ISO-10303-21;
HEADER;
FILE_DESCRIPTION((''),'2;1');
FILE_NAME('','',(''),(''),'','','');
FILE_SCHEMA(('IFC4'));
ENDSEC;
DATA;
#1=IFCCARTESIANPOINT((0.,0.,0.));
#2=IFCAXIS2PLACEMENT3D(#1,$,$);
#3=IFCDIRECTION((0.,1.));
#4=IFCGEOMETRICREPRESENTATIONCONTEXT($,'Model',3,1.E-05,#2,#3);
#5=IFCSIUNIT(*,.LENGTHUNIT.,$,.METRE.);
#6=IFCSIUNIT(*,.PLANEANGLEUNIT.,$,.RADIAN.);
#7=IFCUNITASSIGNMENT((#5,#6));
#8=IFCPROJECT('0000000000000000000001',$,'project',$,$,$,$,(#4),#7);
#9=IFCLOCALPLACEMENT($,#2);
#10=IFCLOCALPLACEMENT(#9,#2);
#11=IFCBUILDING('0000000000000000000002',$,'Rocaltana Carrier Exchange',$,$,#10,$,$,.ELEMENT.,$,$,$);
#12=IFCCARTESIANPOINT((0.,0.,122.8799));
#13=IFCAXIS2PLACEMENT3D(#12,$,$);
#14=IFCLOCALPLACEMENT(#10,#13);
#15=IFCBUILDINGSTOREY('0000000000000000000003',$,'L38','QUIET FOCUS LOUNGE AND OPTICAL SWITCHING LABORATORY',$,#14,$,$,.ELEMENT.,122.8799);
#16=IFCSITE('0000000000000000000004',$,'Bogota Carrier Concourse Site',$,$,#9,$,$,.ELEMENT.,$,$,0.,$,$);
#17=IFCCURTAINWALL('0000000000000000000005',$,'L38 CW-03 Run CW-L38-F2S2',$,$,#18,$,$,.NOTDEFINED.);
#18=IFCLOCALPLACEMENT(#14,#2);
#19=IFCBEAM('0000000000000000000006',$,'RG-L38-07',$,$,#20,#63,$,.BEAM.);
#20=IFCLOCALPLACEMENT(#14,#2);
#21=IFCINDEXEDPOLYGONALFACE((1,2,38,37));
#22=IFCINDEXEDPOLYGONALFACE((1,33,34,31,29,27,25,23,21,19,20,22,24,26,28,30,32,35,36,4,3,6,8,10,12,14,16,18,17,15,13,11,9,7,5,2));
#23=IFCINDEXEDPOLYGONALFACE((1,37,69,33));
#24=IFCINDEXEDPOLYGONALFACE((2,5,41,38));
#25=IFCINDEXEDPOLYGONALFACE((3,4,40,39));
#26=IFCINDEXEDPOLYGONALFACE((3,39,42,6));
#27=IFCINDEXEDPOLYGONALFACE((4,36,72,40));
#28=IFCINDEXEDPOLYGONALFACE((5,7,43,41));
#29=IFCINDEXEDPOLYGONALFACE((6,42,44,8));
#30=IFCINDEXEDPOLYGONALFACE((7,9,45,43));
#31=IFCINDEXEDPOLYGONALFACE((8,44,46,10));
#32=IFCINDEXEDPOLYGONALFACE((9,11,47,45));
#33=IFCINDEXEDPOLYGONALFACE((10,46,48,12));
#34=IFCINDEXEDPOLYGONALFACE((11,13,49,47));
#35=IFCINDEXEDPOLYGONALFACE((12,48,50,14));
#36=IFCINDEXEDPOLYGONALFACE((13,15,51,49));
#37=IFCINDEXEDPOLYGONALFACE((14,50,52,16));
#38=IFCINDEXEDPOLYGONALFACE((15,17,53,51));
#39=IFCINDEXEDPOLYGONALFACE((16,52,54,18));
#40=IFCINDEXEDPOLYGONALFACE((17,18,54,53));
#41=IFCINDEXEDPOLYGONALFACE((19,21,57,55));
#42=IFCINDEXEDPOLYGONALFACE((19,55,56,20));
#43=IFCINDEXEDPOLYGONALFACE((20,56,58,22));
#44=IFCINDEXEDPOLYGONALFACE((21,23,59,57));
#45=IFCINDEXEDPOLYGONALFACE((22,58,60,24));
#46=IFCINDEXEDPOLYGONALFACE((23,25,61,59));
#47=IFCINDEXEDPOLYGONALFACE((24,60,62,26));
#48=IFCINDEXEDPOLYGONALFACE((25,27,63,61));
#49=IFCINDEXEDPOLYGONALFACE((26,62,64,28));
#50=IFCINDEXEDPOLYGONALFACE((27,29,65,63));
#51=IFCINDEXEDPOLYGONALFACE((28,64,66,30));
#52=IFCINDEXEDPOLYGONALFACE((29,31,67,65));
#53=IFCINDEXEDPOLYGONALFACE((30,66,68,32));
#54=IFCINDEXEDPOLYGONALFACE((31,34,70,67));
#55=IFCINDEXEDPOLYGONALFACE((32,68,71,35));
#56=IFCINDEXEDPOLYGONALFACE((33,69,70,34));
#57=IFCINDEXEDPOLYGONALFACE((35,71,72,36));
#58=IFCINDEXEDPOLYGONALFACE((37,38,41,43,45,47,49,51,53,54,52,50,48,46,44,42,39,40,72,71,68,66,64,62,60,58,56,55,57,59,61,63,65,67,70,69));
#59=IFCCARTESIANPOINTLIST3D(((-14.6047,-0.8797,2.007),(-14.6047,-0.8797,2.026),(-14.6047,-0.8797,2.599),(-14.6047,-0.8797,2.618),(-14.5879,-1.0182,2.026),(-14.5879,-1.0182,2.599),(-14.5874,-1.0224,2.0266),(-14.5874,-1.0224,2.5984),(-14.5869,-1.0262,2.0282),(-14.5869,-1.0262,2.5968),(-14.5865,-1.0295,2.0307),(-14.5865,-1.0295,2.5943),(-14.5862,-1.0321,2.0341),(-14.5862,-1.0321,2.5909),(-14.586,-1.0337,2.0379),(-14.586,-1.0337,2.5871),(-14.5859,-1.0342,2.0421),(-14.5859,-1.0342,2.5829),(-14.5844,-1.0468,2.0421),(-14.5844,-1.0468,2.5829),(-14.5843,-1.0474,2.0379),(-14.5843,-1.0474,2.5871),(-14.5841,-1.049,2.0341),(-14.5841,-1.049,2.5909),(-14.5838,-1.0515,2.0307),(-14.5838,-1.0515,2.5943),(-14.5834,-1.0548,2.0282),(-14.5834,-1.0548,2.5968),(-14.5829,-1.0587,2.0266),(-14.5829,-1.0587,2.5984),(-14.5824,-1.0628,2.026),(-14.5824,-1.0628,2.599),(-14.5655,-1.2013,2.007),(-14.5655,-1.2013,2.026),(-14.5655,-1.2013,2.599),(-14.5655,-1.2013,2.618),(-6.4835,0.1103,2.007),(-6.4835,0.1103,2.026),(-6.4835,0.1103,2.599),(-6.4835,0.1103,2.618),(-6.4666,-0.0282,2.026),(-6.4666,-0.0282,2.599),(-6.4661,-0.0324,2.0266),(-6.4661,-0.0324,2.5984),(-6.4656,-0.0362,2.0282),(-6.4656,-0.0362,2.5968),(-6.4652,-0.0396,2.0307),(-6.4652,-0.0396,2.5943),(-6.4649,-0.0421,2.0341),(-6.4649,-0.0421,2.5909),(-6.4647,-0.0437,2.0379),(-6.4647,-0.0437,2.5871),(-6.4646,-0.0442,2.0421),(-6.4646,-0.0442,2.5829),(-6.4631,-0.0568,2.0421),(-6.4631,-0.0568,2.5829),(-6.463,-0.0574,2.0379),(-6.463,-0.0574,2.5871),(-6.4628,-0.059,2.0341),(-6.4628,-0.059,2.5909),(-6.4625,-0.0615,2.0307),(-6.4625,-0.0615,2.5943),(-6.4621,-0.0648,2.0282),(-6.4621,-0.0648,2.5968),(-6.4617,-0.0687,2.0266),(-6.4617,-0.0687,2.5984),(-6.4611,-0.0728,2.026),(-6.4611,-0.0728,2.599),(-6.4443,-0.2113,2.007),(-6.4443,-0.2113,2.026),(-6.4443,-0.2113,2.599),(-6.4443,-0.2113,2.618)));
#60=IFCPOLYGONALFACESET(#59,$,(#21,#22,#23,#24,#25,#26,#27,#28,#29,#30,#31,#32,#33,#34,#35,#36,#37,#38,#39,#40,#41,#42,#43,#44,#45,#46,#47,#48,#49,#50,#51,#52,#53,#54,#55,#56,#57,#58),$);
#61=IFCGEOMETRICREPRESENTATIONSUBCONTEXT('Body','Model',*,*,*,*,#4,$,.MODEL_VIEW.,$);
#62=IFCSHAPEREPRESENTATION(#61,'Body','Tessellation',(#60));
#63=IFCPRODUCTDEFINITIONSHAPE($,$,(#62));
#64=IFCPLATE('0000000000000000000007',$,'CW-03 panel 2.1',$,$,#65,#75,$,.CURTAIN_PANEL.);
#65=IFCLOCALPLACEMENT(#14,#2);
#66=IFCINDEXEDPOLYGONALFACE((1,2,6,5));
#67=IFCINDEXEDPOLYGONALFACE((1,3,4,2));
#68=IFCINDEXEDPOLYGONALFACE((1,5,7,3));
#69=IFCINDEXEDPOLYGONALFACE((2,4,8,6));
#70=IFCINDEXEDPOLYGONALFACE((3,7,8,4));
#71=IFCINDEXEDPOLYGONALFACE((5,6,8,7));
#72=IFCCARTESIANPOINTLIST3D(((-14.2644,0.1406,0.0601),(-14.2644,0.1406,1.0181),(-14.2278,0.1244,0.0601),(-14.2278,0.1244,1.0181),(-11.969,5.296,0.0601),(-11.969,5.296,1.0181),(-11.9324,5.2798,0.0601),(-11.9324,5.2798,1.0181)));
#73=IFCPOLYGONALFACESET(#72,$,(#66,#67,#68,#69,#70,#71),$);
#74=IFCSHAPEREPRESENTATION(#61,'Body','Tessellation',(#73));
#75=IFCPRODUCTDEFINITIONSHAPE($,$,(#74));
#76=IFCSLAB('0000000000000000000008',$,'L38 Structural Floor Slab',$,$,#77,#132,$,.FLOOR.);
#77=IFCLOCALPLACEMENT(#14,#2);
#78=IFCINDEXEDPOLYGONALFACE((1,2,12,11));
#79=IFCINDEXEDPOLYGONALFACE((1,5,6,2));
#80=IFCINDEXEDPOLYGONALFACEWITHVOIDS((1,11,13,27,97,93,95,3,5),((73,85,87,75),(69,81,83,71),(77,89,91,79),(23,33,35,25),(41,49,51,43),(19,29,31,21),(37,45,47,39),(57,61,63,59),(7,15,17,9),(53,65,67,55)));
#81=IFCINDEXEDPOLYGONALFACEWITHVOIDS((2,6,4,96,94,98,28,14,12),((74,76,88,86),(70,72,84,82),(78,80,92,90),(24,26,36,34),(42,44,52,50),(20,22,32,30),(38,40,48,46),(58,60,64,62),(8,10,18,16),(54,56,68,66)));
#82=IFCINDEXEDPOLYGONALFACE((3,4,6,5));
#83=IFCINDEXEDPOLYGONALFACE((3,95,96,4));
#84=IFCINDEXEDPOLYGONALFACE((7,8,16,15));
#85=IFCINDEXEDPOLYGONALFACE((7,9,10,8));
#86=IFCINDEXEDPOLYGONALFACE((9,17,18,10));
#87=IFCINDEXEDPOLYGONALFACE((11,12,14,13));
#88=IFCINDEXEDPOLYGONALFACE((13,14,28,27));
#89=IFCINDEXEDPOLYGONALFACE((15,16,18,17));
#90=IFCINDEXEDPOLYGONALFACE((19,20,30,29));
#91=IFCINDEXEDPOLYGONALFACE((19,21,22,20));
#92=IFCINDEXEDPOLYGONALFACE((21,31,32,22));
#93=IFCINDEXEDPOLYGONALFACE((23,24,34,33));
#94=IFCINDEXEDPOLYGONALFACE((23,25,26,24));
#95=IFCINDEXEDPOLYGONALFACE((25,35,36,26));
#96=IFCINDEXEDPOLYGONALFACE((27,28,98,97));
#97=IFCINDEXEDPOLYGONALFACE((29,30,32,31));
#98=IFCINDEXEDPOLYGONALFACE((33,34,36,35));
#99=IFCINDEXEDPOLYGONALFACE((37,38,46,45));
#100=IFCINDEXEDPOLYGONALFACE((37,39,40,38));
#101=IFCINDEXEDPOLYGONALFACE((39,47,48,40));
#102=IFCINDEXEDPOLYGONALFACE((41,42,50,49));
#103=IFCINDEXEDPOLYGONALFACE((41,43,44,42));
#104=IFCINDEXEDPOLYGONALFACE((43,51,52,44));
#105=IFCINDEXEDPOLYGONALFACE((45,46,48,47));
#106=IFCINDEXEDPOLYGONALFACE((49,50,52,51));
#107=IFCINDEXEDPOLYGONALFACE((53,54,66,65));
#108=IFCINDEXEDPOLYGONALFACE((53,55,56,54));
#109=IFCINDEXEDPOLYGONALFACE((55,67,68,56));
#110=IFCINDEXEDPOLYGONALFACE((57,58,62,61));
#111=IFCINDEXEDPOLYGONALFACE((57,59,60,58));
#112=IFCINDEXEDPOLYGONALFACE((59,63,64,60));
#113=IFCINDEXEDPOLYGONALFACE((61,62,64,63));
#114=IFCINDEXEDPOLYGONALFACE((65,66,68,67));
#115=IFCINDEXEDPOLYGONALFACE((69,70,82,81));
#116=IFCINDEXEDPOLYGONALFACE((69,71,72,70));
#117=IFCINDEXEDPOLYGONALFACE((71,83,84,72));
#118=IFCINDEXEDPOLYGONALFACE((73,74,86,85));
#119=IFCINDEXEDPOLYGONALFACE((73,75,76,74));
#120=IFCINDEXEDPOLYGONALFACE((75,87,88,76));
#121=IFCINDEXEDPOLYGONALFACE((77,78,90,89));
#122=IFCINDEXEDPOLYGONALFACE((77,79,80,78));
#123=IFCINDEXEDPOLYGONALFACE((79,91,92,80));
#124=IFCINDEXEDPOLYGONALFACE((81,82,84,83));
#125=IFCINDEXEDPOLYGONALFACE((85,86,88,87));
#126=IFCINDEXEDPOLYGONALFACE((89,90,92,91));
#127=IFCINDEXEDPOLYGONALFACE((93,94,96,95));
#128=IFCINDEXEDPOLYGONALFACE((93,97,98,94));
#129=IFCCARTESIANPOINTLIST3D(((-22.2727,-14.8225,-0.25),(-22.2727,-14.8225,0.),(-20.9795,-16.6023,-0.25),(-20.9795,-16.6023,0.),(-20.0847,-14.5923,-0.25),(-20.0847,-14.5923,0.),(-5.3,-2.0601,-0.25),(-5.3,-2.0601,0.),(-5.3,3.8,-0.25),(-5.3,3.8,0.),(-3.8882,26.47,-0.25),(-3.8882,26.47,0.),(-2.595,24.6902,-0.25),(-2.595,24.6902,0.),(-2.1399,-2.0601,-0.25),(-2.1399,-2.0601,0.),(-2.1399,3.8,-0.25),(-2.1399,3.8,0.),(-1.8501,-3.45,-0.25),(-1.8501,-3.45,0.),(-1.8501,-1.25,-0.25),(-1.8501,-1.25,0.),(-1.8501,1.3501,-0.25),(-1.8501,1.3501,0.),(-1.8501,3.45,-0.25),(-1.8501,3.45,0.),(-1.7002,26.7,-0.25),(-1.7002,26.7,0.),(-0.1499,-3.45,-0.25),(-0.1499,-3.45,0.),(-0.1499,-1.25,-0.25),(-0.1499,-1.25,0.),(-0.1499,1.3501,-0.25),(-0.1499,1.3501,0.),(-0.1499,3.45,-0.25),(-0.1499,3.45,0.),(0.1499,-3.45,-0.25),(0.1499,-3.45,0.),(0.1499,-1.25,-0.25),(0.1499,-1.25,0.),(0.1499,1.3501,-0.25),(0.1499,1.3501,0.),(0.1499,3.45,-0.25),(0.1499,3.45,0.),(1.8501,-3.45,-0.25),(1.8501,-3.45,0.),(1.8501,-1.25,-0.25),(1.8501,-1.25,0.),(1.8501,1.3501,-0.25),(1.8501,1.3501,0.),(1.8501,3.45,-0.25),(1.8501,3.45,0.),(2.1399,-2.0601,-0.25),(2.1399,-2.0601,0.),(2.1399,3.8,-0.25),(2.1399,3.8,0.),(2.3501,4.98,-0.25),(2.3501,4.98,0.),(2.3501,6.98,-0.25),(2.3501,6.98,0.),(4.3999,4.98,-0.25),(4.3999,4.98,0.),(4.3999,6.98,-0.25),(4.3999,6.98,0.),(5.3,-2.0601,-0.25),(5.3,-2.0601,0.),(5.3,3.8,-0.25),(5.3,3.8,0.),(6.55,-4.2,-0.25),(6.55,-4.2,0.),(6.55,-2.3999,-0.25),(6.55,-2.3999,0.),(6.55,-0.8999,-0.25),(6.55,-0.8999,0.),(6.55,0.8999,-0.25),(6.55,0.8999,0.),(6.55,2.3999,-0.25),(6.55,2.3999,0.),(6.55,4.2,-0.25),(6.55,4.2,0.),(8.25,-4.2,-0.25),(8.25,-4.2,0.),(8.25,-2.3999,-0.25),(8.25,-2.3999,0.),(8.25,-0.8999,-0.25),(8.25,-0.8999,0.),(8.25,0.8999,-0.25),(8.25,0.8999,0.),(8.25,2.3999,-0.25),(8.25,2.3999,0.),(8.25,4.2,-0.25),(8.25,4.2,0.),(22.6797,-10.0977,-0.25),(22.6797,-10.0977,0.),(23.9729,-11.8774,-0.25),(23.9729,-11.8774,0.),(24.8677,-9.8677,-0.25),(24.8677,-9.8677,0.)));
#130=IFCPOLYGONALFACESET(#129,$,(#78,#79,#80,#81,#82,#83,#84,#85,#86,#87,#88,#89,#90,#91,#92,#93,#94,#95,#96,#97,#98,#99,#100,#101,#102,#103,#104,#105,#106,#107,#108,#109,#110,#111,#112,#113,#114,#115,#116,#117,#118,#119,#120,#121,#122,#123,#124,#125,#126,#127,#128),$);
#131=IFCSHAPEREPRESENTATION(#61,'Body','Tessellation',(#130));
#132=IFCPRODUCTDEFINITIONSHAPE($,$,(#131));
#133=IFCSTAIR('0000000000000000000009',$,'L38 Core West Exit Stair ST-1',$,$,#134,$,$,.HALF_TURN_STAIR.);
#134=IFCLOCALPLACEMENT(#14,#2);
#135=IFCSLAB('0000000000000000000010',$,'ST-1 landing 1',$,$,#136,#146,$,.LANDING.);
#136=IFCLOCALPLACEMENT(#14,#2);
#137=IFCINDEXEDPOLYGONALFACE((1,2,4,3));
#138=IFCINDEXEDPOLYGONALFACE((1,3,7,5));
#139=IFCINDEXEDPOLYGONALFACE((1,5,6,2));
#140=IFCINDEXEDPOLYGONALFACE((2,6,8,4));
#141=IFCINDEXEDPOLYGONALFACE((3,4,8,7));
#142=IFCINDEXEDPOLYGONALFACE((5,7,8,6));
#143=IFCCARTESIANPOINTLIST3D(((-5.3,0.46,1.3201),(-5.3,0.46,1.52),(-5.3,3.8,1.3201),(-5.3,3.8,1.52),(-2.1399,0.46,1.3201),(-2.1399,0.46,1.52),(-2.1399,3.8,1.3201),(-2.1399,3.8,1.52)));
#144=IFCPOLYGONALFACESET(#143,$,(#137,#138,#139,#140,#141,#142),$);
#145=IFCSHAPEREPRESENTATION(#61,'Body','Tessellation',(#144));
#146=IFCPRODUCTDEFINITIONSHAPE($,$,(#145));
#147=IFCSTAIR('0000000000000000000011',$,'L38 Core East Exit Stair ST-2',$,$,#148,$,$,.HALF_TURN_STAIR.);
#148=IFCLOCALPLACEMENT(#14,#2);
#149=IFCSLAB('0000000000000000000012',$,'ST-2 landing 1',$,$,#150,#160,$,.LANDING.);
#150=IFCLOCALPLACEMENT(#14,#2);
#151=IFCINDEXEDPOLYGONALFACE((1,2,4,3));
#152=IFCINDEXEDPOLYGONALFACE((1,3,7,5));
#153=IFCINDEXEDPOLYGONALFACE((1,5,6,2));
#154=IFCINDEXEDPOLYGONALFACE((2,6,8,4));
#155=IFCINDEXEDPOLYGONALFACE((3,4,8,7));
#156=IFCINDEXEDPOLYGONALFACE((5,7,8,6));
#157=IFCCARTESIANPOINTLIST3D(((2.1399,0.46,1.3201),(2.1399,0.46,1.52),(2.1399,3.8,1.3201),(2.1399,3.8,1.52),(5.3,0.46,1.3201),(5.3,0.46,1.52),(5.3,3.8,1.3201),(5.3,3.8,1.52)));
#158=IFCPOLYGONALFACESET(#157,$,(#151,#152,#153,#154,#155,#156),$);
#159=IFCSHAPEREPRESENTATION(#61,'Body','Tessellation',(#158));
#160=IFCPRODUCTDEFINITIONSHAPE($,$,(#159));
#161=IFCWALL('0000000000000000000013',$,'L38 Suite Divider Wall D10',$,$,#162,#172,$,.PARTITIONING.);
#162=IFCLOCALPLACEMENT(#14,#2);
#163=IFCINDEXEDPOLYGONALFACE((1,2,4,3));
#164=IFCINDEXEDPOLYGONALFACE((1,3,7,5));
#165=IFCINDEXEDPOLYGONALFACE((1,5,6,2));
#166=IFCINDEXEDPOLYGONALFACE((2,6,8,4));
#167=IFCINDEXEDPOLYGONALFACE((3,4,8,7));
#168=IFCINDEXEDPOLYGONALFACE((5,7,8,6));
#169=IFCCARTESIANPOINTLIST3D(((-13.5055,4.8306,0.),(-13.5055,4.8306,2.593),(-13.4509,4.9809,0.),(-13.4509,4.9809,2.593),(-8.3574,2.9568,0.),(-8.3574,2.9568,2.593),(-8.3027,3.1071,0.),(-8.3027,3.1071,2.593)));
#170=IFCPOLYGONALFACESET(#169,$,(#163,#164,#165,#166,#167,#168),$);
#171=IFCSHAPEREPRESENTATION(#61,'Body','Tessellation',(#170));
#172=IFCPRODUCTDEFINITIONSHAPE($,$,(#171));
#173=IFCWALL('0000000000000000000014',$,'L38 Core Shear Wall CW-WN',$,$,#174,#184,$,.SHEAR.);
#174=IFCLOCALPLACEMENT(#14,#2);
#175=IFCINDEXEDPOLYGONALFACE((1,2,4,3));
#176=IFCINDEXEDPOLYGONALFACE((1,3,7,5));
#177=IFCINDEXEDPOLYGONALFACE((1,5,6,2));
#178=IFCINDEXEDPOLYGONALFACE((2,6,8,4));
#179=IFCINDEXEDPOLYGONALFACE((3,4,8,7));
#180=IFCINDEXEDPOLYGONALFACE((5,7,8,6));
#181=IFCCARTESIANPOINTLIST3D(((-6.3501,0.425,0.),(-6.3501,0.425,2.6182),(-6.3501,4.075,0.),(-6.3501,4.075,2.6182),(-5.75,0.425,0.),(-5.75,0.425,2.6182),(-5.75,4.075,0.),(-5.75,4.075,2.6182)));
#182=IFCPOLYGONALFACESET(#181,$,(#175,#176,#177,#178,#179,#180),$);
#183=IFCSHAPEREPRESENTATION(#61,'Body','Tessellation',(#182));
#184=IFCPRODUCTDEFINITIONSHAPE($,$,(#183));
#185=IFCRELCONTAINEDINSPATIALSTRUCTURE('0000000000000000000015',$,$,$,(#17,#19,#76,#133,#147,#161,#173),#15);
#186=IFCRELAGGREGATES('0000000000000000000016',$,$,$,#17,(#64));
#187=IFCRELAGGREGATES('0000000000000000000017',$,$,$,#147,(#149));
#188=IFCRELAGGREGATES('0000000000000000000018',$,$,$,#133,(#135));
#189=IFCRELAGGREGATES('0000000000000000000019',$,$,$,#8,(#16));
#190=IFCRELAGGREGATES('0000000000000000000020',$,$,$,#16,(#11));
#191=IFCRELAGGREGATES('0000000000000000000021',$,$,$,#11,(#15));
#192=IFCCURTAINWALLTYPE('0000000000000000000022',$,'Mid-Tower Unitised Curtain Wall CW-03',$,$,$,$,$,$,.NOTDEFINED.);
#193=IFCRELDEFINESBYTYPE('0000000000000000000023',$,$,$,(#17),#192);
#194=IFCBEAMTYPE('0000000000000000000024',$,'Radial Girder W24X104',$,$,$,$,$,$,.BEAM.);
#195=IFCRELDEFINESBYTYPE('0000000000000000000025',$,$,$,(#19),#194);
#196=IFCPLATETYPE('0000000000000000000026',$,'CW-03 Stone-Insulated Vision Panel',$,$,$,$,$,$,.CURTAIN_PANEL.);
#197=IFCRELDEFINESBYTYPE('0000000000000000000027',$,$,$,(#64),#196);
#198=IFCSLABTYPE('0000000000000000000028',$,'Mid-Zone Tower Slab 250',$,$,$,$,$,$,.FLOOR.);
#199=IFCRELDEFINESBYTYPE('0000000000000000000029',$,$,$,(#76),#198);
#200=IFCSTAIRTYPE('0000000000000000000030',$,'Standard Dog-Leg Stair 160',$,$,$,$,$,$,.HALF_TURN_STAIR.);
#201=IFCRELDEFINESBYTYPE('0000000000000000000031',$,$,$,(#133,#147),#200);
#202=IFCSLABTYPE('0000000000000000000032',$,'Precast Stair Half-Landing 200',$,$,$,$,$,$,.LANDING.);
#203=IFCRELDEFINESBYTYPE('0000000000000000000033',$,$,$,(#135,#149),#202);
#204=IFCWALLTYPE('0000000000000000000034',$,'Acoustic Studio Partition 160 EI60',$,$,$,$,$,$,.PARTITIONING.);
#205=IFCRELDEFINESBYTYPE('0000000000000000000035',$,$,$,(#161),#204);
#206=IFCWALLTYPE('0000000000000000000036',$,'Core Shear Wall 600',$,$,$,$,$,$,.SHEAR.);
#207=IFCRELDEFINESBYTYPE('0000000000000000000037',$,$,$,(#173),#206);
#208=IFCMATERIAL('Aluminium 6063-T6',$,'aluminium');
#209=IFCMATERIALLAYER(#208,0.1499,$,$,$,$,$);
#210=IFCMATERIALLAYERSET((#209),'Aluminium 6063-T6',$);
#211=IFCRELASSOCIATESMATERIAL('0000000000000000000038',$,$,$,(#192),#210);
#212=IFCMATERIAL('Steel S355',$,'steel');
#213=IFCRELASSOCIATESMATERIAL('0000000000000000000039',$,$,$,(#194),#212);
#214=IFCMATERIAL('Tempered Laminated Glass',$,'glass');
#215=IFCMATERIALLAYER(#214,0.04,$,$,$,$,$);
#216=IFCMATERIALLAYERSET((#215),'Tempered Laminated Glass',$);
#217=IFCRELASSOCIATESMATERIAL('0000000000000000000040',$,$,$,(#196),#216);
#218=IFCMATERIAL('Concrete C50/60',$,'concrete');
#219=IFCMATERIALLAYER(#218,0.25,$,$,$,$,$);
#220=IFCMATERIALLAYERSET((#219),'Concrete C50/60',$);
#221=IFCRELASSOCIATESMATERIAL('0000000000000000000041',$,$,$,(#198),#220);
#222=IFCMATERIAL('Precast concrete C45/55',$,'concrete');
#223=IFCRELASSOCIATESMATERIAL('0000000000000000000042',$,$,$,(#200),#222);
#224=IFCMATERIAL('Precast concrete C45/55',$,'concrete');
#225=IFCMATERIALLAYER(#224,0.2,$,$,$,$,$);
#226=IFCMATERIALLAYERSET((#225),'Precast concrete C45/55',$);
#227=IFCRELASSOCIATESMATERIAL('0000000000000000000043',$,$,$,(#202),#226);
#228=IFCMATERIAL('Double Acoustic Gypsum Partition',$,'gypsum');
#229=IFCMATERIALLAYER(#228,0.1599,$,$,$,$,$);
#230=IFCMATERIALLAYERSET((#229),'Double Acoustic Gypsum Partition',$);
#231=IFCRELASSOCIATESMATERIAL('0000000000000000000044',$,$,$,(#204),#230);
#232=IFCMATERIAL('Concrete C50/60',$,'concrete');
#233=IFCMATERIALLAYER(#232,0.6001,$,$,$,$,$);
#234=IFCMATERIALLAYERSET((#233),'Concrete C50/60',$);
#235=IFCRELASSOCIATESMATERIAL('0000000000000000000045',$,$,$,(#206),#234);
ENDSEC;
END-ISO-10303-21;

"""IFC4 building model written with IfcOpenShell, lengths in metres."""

from ifc_helpers import new_model, si_unit, direction, frame, frame_2d, origin, origin_2d, place, context, subcontext, project, spatial, polyline, rectangle, i_section, outline, extrude, material, layer, layer_set, material_profile, profile_set, type_object, element, aggregate, save


model = new_model("IFC4")

# Units and contexts
model_context = context("Model", 3, precision=1e-05, world=origin(), true_north=direction((0.0, 1.0)))
body_context = subcontext(model_context, "Body", "Model", "MODEL_VIEW")
ifc_project = project(units=[si_unit("LENGTHUNIT", "METRE"), si_unit("PLANEANGLEUNIT", "RADIAN")], contexts=[model_context])

# Site, building, storey
site_placement = place(None, origin())
site = spatial("IfcSite", under=ifc_project, at=site_placement, Name="Bogota Carrier Concourse Site", CompositionType="ELEMENT", RefElevation=0.0)
building_placement = place(site_placement, origin())
building = spatial("IfcBuilding", under=site, at=building_placement, Name="Rocaltana Carrier Exchange", CompositionType="ELEMENT")
storey_placement = place(building_placement, frame((0.0, 0.0, 122.8799)))
storey = spatial("IfcBuildingStorey", under=building, at=storey_placement, Name="L38", Description="QUIET FOCUS LOUNGE AND OPTICAL SWITCHING LABORATORY", CompositionType="ELEMENT", Elevation=122.8799)

# Curtain wall
ifc_material_1 = material(Name="Aluminium 6063-T6", Category="aluminium")
ifc_layer_1 = layer(ifc_material_1, 0.1499)
ifc_layer_set_1 = layer_set([ifc_layer_1], Name="Aluminium 6063-T6")
curtain_wall_type = type_object("IfcCurtainWallType", Name="Mid-Tower Unitised Curtain Wall CW-03", PredefinedType="NOTDEFINED", material=ifc_layer_set_1)
curtain_wall_placement = place(storey_placement, origin())
curtain_wall = element("IfcCurtainWall", 1, at=curtain_wall_placement, inside=storey, type_object=curtain_wall_type, Name="L38 CW-03 Run CW-L38-F2S2", PredefinedType="NOTDEFINED")

# Beam
ifc_material_2 = material(Name="Steel S355", Category="steel")
ifc_material_profile_1 = material_profile(ifc_material_2, i_section(OverallWidth=0.324, OverallDepth=0.6111, WebThickness=0.0127, FlangeThickness=0.019, FilletRadius=0.0161, at=origin_2d()), Name="W24X104")
ifc_profile_set_1 = profile_set([ifc_material_profile_1], Name="Steel S355")
beam_type_1 = type_object("IfcBeamType", Name="Radial Girder W24X104", PredefinedType="BEAM", material=ifc_profile_set_1)
beam_1_placement = place(storey_placement, frame((-6.4639, -0.0505, 2.3125), z_axis=(-0.992652, -0.121004, 0.0), x_axis=(0.121004, -0.992652, 0.0)))
element("IfcBeam", 2, at=beam_1_placement, inside=storey, type_object=beam_type_1, Name="RG-L38-07", PredefinedType="BEAM", context=body_context, shape_type="SweptSolid", body=[
    extrude(i_section(OverallWidth=0.324, OverallDepth=0.6111, WebThickness=0.0127, FlangeThickness=0.019, FilletRadius=0.0161, at=origin_2d()), origin(), (0.0, 0.0, 1.0), 8.1814),
])

# Plate
ifc_material_3 = material(Name="Tempered Laminated Glass", Category="glass")
ifc_layer_2 = layer(ifc_material_3, 0.04)
ifc_layer_set_2 = layer_set([ifc_layer_2], Name="Tempered Laminated Glass")
plate_type = type_object("IfcPlateType", Name="CW-03 Stone-Insulated Vision Panel", PredefinedType="CURTAIN_PANEL", material=ifc_layer_set_2)
plate_placement = place(storey_placement, frame((-13.0984, 2.7102, 0.0601), z_axis=(0.0, 0.0, 1.0), x_axis=(-0.406744, -0.913542, 0.0)))
plate = element("IfcPlate", 3, at=plate_placement, type_object=plate_type, Name="CW-03 panel 2.1", PredefinedType="CURTAIN_PANEL", context=body_context, shape_type="SweptSolid", body=[
    extrude(rectangle(XDim=5.6433, YDim=0.04, at=origin_2d()), origin(), (0.0, 0.0, 1.0), 0.958),
])
aggregate(curtain_wall, [plate])

# Slab
ifc_material_4 = material(Name="Concrete C50/60", Category="concrete")
ifc_layer_3 = layer(ifc_material_4, 0.25)
ifc_layer_set_3 = layer_set([ifc_layer_3], Name="Concrete C50/60")
slab_type_1 = type_object("IfcSlabType", Name="Mid-Zone Tower Slab 250", PredefinedType="FLOOR", material=ifc_layer_set_3)
slab_1_placement = place(storey_placement, frame((0.0, 0.0, -0.25)))
element("IfcSlab", 4, at=slab_1_placement, inside=storey, type_object=slab_type_1, Name="L38 Structural Floor Slab", PredefinedType="FLOOR", context=body_context, shape_type="SweptSolid", body=[
    extrude(outline(polyline([(23.9729, -11.8774), (22.6797, -10.0977), (24.8677, -9.8677), (-1.7002, 26.7), (-2.595, 24.6902), (-3.8882, 26.47), (-22.2727, -14.8225), (-20.0847, -14.5923), (-20.9795, -16.6023), (23.9729, -11.8774)]), holes=[polyline([(-5.3, -2.0601), (-2.1399, -2.0601), (-2.1399, 3.8), (-5.3, 3.8), (-5.3, -2.0601)]), polyline([(2.1399, -2.0601), (5.3, -2.0601), (5.3, 3.8), (2.1399, 3.8), (2.1399, -2.0601)]), polyline([(-1.8501, -3.45), (-0.1499, -3.45), (-0.1499, -1.25), (-1.8501, -1.25), (-1.8501, -3.45)]), polyline([(0.1499, -3.45), (1.8501, -3.45), (1.8501, -1.25), (0.1499, -1.25), (0.1499, -3.45)]), polyline([(2.3501, 4.98), (4.3999, 4.98), (4.3999, 6.98), (2.3501, 6.98), (2.3501, 4.98)]), polyline([(-1.8501, 1.3501), (-0.1499, 1.3501), (-0.1499, 3.45), (-1.8501, 3.45), (-1.8501, 1.3501)]), polyline([(0.1499, 1.3501), (1.8501, 1.3501), (1.8501, 3.45), (0.1499, 3.45), (0.1499, 1.3501)]), polyline([(6.55, -4.2), (8.25, -4.2), (8.25, -2.3999), (6.55, -2.3999), (6.55, -4.2)]), polyline([(6.55, -0.8999), (8.25, -0.8999), (8.25, 0.8999), (6.55, 0.8999), (6.55, -0.8999)]), polyline([(6.55, 2.3999), (8.25, 2.3999), (8.25, 4.2), (6.55, 4.2), (6.55, 2.3999)])]), origin(), (0.0, 0.0, 1.0), 0.25),
])

# Stairs, slabs
ifc_material_5 = material(Name="Precast concrete C45/55", Category="concrete")
stair_type = type_object("IfcStairType", Name="Standard Dog-Leg Stair 160", PredefinedType="HALF_TURN_STAIR", material=ifc_material_5)
stair_1_placement = place(storey_placement, origin())
stair_1 = element("IfcStair", 5, at=stair_1_placement, inside=storey, type_object=stair_type, Name="L38 Core West Exit Stair ST-1", PredefinedType="HALF_TURN_STAIR")
ifc_material_6 = material(Name="Precast concrete C45/55", Category="concrete")
ifc_layer_4 = layer(ifc_material_6, 0.2)
ifc_layer_set_4 = layer_set([ifc_layer_4], Name="Precast concrete C45/55")
slab_type_2 = type_object("IfcSlabType", Name="Precast Stair Half-Landing 200", PredefinedType="LANDING", material=ifc_layer_set_4)
slab_2_placement = place(storey_placement, frame((0.0, 0.0, 1.3201)))
slab_2 = element("IfcSlab", 6, at=slab_2_placement, type_object=slab_type_2, Name="ST-1 landing 1", PredefinedType="LANDING", context=body_context, shape_type="SweptSolid", body=[
    extrude(outline(polyline([(-2.1399, 0.46), (-2.1399, 3.8), (-5.3, 3.8), (-5.3, 0.46), (-2.1399, 0.46)])), origin(), (0.0, 0.0, 1.0), 0.2),
])
stair_2_placement = place(storey_placement, origin())
stair_2 = element("IfcStair", 7, at=stair_2_placement, inside=storey, type_object=stair_type, Name="L38 Core East Exit Stair ST-2", PredefinedType="HALF_TURN_STAIR")
slab_3_placement = place(storey_placement, frame((0.0, 0.0, 1.3201)))
slab_3 = element("IfcSlab", 8, at=slab_3_placement, type_object=slab_type_2, Name="ST-2 landing 1", PredefinedType="LANDING", context=body_context, shape_type="SweptSolid", body=[
    extrude(outline(polyline([(5.3, 0.46), (5.3, 3.8), (2.1399, 3.8), (2.1399, 0.46), (5.3, 0.46)])), origin(), (0.0, 0.0, 1.0), 0.2),
])
aggregate(stair_2, [slab_3])

# Walls
ifc_material_7 = material(Name="Double Acoustic Gypsum Partition", Category="gypsum")
ifc_layer_5 = layer(ifc_material_7, 0.1599)
ifc_layer_set_5 = layer_set([ifc_layer_5], Name="Double Acoustic Gypsum Partition")
wall_type_1 = type_object("IfcWallType", Name="Acoustic Studio Partition 160 EI60", PredefinedType="PARTITIONING", material=ifc_layer_set_5)
wall_1_placement = place(storey_placement, frame((-8.3301, 3.032, 0.0), z_axis=(0.0, 0.0, 1.0), x_axis=(-0.939693, 0.342019, 0.0)))
element("IfcWall", 9, at=wall_1_placement, inside=storey, type_object=wall_type_1, Name="L38 Suite Divider Wall D10", PredefinedType="PARTITIONING", context=body_context, shape_type="SweptSolid", body=[
    extrude(rectangle(XDim=5.4785, YDim=0.1599, at=frame_2d((2.7393, 0.0))), origin(), (0.0, 0.0, 1.0), 2.593),
])
ifc_material_8 = material(Name="Concrete C50/60", Category="concrete")
ifc_layer_6 = layer(ifc_material_8, 0.6001)
ifc_layer_set_6 = layer_set([ifc_layer_6], Name="Concrete C50/60")
wall_type_2 = type_object("IfcWallType", Name="Core Shear Wall 600", PredefinedType="SHEAR", material=ifc_layer_set_6)
wall_2_placement = place(storey_placement, frame((-6.05, 0.425, 0.0), z_axis=(0.0, 0.0, 1.0), x_axis=(0.0, 1.0, 0.0)))
element("IfcWall", 10, at=wall_2_placement, inside=storey, type_object=wall_type_2, Name="L38 Core Shear Wall CW-WN", PredefinedType="SHEAR", context=body_context, shape_type="SweptSolid", body=[
    extrude(rectangle(XDim=3.6499, YDim=0.6001, at=frame_2d((1.825, 0.0))), origin(), (0.0, 0.0, 1.0), 2.6182),
])

aggregate(stair_1, [slab_2])

save(model, "model.ifc")
